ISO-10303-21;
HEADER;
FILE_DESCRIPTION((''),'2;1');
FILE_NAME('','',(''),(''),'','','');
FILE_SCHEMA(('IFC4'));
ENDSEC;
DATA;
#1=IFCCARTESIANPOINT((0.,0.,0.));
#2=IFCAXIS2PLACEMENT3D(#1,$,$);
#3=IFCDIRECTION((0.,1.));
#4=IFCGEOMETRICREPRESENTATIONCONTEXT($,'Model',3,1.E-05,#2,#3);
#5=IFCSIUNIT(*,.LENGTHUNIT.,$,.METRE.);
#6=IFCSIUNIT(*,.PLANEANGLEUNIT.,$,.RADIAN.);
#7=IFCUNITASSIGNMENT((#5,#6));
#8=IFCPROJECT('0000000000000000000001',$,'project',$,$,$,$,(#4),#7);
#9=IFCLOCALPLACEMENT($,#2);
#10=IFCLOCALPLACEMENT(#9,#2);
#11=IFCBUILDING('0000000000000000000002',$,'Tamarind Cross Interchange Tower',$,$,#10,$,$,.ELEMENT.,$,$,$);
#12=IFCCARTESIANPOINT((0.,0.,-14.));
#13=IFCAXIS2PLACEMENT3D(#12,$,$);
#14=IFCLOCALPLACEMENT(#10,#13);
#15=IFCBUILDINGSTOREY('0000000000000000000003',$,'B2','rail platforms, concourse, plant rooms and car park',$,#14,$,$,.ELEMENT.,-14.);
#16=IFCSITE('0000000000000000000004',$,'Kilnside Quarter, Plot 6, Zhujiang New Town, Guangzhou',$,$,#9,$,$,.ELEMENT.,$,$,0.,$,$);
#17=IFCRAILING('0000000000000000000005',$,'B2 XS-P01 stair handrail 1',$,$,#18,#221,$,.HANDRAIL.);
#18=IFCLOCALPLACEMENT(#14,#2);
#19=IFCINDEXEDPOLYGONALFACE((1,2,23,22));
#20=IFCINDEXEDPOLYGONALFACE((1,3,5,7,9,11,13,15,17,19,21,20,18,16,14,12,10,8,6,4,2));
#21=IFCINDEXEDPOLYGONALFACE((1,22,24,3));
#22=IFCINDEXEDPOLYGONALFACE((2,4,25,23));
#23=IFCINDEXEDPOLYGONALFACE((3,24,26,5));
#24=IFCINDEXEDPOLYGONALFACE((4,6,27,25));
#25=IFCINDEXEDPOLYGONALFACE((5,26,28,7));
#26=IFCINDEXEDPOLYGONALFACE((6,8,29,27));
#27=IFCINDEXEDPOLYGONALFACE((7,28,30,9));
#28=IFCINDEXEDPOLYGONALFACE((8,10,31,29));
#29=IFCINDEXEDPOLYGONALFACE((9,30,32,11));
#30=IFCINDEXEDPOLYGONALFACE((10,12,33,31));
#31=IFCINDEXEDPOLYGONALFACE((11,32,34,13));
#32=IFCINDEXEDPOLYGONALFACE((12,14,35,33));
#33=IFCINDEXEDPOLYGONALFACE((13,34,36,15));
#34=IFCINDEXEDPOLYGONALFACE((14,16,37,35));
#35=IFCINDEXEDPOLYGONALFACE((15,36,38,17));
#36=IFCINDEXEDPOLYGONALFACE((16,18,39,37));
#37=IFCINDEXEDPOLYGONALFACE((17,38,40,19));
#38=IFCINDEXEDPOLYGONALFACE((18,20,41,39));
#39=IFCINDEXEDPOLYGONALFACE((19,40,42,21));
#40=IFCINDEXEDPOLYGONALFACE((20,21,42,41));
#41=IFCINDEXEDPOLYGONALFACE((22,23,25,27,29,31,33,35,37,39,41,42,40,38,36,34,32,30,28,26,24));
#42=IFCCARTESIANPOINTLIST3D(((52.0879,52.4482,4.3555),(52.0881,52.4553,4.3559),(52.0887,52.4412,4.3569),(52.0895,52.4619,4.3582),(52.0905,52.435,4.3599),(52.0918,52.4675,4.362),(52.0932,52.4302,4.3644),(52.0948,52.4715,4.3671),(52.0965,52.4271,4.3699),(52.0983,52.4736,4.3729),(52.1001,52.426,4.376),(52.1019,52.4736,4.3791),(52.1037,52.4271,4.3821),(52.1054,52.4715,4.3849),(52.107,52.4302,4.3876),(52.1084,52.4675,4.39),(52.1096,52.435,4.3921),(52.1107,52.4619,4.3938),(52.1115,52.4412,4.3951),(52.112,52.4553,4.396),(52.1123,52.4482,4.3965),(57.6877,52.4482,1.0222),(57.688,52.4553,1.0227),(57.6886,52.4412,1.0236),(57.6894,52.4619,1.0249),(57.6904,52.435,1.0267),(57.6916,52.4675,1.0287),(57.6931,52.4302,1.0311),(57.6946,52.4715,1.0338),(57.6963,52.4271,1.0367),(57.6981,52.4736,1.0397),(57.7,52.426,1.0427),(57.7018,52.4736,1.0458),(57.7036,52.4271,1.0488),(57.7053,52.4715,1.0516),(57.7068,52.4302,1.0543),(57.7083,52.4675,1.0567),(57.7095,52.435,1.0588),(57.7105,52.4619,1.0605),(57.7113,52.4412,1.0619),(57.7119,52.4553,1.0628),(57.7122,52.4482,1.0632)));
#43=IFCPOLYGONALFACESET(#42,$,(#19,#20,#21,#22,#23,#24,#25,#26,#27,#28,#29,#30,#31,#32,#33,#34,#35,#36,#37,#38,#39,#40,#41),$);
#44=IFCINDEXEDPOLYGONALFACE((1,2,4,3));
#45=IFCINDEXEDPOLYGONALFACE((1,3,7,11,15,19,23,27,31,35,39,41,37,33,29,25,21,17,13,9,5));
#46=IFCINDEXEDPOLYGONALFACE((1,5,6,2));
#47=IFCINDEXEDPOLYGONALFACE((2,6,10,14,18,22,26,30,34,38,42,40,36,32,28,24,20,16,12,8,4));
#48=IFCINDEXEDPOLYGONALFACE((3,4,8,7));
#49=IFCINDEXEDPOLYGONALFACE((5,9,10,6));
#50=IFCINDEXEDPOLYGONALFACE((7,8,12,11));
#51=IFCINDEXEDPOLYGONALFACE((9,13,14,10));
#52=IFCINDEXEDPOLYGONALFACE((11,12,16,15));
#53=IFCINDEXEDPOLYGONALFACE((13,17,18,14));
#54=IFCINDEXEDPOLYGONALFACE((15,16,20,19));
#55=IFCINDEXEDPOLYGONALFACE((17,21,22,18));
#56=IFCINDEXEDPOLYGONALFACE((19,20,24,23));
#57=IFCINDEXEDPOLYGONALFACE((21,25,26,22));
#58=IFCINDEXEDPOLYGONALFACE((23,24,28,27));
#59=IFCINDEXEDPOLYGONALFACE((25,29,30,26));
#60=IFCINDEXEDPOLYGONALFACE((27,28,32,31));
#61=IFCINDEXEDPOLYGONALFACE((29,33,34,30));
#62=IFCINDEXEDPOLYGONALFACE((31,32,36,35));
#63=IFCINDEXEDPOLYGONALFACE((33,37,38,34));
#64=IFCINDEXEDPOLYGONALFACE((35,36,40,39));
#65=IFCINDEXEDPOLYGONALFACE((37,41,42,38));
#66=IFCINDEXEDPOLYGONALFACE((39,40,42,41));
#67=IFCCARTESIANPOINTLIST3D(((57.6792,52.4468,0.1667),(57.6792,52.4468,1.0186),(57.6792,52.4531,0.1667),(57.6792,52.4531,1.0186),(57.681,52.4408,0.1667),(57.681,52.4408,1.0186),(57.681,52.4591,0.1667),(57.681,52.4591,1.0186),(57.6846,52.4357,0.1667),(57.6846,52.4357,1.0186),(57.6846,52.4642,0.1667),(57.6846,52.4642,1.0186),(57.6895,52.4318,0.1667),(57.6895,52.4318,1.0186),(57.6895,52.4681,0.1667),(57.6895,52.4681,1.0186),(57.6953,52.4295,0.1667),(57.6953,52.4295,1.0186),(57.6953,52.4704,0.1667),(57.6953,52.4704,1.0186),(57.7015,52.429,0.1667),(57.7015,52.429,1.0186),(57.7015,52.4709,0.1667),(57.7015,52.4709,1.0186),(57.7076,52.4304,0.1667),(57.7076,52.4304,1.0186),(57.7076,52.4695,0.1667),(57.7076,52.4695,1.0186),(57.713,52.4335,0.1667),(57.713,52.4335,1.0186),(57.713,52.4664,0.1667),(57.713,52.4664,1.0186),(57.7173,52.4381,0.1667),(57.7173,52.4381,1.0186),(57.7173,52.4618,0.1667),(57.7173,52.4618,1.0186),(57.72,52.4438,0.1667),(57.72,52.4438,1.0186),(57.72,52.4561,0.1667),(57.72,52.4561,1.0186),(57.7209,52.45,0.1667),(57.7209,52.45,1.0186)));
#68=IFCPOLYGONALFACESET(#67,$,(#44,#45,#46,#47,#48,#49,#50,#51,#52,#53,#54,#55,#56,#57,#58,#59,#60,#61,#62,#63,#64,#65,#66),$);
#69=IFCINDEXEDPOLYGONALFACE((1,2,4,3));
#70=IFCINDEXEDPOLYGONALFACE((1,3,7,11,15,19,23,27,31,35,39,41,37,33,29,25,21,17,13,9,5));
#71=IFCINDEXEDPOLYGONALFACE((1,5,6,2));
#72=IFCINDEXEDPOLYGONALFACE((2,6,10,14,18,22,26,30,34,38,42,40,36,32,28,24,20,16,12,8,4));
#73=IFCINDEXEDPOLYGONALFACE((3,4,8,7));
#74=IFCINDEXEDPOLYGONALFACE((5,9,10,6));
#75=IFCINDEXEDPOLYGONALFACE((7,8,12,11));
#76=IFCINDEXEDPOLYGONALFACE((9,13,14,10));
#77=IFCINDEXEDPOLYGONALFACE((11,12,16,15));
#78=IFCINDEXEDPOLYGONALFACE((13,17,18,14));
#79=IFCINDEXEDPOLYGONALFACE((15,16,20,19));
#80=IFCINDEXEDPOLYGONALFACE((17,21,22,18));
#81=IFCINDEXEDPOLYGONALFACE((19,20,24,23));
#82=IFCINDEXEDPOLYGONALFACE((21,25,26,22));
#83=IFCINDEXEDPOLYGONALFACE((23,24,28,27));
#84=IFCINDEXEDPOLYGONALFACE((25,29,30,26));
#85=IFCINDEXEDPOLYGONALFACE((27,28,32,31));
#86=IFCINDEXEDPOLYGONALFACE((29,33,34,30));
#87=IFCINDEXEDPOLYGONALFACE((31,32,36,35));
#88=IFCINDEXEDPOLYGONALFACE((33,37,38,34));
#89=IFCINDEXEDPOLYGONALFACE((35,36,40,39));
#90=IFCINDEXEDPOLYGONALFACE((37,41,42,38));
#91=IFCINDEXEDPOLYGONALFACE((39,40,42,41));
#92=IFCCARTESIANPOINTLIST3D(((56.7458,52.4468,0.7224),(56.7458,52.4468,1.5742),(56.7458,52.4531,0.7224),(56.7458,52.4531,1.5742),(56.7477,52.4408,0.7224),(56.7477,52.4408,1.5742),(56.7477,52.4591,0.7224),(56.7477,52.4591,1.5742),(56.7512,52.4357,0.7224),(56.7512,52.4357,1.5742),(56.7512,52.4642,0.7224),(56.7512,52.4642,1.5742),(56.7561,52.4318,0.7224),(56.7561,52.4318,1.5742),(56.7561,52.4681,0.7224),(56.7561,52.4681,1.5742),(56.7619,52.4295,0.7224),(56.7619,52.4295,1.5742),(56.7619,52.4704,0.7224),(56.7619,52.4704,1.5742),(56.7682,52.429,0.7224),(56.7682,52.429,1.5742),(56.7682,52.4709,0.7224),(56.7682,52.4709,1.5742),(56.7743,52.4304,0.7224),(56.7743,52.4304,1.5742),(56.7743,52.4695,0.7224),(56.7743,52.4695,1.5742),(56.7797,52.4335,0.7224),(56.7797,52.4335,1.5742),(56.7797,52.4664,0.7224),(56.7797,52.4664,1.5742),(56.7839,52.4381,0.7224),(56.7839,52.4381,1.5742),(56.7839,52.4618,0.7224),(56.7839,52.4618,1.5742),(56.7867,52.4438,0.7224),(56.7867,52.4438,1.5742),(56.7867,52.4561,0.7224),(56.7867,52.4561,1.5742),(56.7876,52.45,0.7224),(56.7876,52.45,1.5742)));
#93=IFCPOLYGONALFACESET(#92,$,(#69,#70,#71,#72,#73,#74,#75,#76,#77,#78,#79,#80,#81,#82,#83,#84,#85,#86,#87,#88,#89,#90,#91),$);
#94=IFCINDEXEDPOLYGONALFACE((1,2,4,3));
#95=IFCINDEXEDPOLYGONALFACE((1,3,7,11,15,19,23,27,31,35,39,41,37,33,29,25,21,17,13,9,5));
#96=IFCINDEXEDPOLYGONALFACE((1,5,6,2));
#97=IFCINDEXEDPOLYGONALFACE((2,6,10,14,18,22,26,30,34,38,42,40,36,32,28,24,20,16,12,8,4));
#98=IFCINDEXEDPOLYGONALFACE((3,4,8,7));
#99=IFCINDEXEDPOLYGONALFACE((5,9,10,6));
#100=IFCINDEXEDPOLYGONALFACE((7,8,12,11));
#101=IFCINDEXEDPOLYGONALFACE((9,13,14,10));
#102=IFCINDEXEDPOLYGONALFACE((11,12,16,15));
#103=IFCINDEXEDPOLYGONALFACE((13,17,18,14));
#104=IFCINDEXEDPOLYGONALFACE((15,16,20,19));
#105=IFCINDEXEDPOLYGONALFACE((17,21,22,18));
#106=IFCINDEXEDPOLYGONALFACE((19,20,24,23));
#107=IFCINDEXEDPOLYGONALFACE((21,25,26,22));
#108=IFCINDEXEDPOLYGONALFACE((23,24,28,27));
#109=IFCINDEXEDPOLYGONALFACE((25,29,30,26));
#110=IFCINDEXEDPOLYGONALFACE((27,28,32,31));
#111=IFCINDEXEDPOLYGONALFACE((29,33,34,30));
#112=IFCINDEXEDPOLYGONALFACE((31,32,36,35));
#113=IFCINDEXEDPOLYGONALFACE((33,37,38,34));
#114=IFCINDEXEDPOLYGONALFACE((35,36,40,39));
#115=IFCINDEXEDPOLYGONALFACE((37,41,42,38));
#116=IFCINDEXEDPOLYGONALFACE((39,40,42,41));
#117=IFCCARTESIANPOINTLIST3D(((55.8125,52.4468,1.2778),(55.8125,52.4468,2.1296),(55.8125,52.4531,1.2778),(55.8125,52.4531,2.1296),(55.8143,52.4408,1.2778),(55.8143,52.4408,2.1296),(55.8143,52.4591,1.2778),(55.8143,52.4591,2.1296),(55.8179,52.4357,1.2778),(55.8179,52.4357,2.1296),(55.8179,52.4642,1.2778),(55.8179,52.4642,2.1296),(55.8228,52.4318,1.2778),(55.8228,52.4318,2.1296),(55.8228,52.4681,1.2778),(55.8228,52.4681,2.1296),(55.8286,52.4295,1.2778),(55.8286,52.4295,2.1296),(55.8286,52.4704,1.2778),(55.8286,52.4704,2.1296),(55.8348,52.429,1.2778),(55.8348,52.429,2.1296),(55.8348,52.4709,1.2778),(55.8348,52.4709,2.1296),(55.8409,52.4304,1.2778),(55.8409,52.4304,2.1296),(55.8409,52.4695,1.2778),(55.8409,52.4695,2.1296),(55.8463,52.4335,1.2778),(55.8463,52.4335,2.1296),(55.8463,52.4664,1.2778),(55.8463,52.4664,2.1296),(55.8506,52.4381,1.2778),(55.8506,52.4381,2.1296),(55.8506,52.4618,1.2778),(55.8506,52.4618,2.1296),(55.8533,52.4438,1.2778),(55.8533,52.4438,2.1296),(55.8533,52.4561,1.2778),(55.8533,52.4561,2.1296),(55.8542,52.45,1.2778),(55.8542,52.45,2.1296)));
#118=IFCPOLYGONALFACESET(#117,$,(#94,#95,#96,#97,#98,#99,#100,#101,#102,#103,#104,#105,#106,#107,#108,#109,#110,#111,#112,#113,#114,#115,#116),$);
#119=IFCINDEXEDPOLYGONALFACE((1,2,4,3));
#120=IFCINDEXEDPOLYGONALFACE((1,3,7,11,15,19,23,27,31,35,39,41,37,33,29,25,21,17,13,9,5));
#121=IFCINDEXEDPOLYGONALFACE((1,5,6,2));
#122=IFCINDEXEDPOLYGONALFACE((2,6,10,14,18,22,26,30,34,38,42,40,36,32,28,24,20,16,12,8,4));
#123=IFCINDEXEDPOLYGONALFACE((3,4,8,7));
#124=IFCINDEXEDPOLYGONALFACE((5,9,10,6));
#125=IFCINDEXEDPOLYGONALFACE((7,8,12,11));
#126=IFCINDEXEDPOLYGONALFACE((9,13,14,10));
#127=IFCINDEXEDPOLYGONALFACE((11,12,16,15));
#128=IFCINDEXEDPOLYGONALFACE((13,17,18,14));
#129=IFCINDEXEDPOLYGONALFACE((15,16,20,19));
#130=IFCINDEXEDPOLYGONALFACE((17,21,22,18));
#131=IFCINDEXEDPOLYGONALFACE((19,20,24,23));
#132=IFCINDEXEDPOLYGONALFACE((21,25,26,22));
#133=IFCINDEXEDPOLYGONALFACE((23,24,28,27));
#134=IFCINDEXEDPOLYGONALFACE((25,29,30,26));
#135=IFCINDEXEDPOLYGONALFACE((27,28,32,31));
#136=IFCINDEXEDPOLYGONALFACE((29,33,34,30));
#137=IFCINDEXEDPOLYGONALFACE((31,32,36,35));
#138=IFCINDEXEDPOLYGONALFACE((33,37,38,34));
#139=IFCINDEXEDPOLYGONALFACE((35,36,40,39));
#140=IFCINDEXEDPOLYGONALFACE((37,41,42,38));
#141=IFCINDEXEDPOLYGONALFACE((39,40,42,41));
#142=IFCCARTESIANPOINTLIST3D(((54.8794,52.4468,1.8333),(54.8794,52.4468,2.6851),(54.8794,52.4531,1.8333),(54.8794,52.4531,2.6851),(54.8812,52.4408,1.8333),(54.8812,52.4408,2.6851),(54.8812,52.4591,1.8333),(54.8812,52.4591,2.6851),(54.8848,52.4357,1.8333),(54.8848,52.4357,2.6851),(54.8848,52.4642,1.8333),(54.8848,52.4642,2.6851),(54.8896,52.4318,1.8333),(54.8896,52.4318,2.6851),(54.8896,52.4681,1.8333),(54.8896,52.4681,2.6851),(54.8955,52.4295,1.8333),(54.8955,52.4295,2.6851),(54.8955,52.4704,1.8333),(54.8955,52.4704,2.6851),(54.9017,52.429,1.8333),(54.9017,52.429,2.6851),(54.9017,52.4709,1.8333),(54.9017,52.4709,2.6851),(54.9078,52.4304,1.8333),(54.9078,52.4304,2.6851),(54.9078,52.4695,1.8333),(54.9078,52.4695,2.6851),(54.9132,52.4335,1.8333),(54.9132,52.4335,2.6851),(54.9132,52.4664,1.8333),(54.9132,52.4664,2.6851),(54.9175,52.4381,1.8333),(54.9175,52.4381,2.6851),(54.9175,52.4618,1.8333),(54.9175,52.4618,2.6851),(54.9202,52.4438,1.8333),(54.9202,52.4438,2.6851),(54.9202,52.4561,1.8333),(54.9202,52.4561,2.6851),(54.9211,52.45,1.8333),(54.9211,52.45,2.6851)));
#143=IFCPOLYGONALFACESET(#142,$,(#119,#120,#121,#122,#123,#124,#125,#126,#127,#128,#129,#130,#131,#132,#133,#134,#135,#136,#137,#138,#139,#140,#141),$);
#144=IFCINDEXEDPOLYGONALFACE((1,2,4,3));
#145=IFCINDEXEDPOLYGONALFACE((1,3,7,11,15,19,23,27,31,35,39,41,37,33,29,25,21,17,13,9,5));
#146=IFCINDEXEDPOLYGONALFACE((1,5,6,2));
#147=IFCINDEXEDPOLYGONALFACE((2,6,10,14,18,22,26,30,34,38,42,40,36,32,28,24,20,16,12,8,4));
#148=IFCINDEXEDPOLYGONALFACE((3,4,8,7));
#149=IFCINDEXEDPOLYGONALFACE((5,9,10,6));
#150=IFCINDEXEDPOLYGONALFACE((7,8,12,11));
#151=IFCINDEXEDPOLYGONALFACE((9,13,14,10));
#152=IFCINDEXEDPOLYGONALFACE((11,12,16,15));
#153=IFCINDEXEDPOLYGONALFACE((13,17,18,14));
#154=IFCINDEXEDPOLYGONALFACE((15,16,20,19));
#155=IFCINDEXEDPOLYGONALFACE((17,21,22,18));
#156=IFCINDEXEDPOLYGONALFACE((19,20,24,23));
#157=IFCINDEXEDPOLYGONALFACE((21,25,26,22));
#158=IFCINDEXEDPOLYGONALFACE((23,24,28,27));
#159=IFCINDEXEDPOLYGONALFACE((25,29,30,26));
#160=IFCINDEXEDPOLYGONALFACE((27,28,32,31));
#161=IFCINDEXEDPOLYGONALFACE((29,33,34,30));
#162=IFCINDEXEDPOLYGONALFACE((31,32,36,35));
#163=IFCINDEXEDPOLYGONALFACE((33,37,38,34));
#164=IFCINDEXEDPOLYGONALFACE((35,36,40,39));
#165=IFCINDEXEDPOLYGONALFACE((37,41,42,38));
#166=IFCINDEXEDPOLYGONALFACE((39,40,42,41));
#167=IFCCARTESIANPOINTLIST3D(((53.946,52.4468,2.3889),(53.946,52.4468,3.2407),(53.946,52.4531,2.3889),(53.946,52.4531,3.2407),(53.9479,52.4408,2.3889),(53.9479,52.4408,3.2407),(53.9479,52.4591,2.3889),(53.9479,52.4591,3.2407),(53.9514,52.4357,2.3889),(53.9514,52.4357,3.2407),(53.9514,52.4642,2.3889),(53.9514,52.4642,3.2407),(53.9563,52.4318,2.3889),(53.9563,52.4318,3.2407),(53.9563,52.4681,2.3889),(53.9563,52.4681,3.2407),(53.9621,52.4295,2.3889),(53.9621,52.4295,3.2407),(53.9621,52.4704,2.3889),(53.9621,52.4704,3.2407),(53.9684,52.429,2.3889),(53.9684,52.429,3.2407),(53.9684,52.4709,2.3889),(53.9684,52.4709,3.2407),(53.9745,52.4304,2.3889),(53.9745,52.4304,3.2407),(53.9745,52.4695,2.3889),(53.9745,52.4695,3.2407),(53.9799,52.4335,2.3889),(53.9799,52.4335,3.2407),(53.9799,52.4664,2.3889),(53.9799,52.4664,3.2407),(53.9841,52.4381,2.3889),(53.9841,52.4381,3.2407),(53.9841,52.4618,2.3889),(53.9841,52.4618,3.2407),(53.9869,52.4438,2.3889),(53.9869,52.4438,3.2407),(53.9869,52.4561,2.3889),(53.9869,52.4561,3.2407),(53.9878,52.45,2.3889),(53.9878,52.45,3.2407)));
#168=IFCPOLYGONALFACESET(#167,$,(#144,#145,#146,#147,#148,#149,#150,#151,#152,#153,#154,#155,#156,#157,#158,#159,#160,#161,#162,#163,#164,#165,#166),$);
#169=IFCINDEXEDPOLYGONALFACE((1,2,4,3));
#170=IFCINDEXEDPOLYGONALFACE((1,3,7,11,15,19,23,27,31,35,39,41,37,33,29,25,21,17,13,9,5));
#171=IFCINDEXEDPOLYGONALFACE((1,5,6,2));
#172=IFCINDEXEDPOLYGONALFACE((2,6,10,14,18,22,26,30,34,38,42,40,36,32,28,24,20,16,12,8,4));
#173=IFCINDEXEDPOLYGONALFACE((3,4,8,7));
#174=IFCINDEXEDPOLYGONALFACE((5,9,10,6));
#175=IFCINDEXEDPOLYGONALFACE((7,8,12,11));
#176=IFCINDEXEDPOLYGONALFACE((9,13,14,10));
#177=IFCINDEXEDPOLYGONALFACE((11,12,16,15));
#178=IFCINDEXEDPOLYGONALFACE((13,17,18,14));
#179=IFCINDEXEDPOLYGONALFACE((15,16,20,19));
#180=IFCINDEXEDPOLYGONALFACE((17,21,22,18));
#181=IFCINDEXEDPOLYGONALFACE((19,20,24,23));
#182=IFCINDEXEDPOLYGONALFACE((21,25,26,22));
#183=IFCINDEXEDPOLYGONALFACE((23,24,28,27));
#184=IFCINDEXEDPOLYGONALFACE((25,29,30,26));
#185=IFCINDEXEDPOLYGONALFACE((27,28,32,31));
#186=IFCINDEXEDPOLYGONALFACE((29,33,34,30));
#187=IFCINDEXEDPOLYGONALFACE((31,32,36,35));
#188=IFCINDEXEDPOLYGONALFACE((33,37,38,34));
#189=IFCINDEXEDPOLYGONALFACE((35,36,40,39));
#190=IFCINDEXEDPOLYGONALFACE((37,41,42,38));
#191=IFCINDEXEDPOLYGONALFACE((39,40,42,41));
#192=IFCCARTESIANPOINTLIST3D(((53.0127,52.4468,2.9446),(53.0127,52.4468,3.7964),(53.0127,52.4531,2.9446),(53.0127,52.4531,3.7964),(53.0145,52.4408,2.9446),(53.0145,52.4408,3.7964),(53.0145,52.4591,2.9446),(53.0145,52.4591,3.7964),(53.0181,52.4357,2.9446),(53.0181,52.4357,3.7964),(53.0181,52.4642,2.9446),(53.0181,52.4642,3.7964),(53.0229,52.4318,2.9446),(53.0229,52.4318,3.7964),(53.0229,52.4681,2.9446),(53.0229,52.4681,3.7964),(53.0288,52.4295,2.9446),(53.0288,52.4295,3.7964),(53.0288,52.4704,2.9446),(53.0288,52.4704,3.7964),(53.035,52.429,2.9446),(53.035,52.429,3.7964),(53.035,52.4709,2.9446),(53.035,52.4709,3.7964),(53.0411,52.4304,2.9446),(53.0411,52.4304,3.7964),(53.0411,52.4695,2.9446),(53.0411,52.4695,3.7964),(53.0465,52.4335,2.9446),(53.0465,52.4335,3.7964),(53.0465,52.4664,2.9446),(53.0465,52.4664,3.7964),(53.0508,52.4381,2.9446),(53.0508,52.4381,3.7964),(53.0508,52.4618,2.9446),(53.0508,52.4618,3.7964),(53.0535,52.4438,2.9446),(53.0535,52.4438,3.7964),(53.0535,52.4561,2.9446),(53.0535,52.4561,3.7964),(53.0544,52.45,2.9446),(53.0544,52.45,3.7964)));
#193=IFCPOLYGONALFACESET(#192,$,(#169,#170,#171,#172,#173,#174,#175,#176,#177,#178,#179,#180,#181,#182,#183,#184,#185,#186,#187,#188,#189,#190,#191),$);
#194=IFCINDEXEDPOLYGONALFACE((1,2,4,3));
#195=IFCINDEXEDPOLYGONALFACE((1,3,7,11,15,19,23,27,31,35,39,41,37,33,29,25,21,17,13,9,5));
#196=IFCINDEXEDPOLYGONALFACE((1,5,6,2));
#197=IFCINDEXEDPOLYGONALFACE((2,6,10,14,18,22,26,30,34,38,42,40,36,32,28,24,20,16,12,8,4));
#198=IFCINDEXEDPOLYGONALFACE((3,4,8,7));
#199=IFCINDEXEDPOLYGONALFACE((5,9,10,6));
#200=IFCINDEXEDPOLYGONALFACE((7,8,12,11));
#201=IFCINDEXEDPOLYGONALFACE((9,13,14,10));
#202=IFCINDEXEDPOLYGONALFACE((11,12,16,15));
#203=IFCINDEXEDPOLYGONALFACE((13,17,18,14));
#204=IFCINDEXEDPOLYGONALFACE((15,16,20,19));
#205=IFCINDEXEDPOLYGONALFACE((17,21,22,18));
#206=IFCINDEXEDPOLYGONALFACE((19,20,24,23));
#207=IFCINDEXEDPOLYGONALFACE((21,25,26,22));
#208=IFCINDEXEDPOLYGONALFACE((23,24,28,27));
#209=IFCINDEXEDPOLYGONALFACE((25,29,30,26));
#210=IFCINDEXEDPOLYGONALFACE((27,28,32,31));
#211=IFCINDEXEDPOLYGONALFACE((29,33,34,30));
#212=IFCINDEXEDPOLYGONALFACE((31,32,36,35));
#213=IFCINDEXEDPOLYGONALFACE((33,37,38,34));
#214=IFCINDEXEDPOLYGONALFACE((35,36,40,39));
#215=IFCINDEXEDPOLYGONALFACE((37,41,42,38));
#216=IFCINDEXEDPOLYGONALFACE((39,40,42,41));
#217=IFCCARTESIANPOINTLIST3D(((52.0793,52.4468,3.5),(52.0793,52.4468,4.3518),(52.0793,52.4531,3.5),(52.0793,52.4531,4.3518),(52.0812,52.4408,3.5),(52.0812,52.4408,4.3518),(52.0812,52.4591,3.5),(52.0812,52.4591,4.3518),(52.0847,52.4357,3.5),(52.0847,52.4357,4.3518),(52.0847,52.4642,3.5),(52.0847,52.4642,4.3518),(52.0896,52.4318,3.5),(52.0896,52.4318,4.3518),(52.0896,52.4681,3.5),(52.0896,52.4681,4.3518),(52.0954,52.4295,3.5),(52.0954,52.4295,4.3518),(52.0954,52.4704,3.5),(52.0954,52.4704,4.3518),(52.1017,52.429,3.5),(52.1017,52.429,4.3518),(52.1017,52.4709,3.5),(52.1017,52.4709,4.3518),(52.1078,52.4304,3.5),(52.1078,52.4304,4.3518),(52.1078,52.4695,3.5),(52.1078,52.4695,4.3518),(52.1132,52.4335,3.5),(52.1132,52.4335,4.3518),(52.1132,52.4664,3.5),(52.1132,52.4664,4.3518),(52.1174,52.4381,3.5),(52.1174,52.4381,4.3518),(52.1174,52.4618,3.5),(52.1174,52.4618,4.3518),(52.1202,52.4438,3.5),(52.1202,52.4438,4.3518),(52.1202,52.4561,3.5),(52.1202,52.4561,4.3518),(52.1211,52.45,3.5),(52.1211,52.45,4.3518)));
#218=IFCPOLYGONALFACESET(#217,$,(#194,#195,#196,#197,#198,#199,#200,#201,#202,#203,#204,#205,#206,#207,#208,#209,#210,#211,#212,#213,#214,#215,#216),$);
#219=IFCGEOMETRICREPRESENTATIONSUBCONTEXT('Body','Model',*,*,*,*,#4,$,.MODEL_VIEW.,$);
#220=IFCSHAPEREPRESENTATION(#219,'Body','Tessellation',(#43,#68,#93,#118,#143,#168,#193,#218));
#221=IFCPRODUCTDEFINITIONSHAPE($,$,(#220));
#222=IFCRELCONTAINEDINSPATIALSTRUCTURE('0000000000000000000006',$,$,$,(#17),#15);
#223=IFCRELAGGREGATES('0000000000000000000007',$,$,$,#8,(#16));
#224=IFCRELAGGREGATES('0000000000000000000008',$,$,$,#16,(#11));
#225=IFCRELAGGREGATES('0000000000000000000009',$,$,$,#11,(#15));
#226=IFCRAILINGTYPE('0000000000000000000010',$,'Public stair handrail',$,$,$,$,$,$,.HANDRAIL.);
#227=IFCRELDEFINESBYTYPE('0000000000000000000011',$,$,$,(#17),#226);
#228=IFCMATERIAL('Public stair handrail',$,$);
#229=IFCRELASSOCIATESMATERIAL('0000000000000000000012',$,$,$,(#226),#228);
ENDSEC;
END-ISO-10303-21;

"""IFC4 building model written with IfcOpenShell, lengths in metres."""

from ifc_helpers import new_model, si_unit, direction, frame, origin, origin_2d, place, context, subcontext, project, spatial, circle, extrude, material, type_object, element, save


model = new_model("IFC4")

# Units and contexts
model_context = context("Model", 3, precision=1e-05, world=origin(), true_north=direction((0.0, 1.0)))
body_context = subcontext(model_context, "Body", "Model", "MODEL_VIEW")
ifc_project = project(units=[si_unit("LENGTHUNIT", "METRE"), si_unit("PLANEANGLEUNIT", "RADIAN")], contexts=[model_context])

# Site, building, storey
site_placement = place(None, origin())
site = spatial("IfcSite", under=ifc_project, at=site_placement, Name="Kilnside Quarter, Plot 6, Zhujiang New Town, Guangzhou", CompositionType="ELEMENT", RefElevation=0.0)
building_placement = place(site_placement, origin())
building = spatial("IfcBuilding", under=site, at=building_placement, Name="Tamarind Cross Interchange Tower", CompositionType="ELEMENT")
storey_placement = place(building_placement, frame((0.0, 0.0, -14.0)))
storey = spatial("IfcBuildingStorey", under=building, at=storey_placement, Name="B2", Description="rail platforms, concourse, plant rooms and car park", CompositionType="ELEMENT", Elevation=-14.0)

# Railing
ifc_material_1 = material(Name="Public stair handrail")
railing_type_1 = type_object("IfcRailingType", Name="Public stair handrail", PredefinedType="HANDRAIL", material=ifc_material_1)
railing_1_placement = place(storey_placement, frame((57.7, 52.45, 0.1667)))
element("IfcRailing", 1, at=railing_1_placement, inside=storey, type_object=railing_type_1, Name="B2 XS-P01 stair handrail 1", PredefinedType="HANDRAIL", context=body_context, shape_type="SweptSolid", body=[
    extrude(circle(Radius=0.0239, at=origin_2d()), frame((0.0, 0.0, 0.876), z_axis=(-0.859292, 0.0, 0.511485), x_axis=(0.0, -1.0, 0.0)), (0.0, 0.0, 1.0), 6.5168),
    extrude(circle(Radius=0.021, at=origin_2d()), origin(), (0.0, 0.0, 1.0), 0.8518),
    extrude(circle(Radius=0.021, at=origin_2d()), frame((-0.9333, 0.0, 0.5557)), (0.0, 0.0, 1.0), 0.8518),
    extrude(circle(Radius=0.021, at=origin_2d()), frame((-1.8667, 0.0, 1.1111)), (0.0, 0.0, 1.0), 0.8518),
    extrude(circle(Radius=0.021, at=origin_2d()), frame((-2.7998, 0.0, 1.6665)), (0.0, 0.0, 1.0), 0.8518),
    extrude(circle(Radius=0.021, at=origin_2d()), frame((-3.7332, 0.0, 2.2222)), (0.0, 0.0, 1.0), 0.8518),
    extrude(circle(Radius=0.021, at=origin_2d()), frame((-4.6665, 0.0, 2.7778)), (0.0, 0.0, 1.0), 0.8518),
    extrude(circle(Radius=0.021, at=origin_2d()), frame((-5.5999, 0.0, 3.3333)), (0.0, 0.0, 1.0), 0.8518),
])

save(model, "model.ifc")
